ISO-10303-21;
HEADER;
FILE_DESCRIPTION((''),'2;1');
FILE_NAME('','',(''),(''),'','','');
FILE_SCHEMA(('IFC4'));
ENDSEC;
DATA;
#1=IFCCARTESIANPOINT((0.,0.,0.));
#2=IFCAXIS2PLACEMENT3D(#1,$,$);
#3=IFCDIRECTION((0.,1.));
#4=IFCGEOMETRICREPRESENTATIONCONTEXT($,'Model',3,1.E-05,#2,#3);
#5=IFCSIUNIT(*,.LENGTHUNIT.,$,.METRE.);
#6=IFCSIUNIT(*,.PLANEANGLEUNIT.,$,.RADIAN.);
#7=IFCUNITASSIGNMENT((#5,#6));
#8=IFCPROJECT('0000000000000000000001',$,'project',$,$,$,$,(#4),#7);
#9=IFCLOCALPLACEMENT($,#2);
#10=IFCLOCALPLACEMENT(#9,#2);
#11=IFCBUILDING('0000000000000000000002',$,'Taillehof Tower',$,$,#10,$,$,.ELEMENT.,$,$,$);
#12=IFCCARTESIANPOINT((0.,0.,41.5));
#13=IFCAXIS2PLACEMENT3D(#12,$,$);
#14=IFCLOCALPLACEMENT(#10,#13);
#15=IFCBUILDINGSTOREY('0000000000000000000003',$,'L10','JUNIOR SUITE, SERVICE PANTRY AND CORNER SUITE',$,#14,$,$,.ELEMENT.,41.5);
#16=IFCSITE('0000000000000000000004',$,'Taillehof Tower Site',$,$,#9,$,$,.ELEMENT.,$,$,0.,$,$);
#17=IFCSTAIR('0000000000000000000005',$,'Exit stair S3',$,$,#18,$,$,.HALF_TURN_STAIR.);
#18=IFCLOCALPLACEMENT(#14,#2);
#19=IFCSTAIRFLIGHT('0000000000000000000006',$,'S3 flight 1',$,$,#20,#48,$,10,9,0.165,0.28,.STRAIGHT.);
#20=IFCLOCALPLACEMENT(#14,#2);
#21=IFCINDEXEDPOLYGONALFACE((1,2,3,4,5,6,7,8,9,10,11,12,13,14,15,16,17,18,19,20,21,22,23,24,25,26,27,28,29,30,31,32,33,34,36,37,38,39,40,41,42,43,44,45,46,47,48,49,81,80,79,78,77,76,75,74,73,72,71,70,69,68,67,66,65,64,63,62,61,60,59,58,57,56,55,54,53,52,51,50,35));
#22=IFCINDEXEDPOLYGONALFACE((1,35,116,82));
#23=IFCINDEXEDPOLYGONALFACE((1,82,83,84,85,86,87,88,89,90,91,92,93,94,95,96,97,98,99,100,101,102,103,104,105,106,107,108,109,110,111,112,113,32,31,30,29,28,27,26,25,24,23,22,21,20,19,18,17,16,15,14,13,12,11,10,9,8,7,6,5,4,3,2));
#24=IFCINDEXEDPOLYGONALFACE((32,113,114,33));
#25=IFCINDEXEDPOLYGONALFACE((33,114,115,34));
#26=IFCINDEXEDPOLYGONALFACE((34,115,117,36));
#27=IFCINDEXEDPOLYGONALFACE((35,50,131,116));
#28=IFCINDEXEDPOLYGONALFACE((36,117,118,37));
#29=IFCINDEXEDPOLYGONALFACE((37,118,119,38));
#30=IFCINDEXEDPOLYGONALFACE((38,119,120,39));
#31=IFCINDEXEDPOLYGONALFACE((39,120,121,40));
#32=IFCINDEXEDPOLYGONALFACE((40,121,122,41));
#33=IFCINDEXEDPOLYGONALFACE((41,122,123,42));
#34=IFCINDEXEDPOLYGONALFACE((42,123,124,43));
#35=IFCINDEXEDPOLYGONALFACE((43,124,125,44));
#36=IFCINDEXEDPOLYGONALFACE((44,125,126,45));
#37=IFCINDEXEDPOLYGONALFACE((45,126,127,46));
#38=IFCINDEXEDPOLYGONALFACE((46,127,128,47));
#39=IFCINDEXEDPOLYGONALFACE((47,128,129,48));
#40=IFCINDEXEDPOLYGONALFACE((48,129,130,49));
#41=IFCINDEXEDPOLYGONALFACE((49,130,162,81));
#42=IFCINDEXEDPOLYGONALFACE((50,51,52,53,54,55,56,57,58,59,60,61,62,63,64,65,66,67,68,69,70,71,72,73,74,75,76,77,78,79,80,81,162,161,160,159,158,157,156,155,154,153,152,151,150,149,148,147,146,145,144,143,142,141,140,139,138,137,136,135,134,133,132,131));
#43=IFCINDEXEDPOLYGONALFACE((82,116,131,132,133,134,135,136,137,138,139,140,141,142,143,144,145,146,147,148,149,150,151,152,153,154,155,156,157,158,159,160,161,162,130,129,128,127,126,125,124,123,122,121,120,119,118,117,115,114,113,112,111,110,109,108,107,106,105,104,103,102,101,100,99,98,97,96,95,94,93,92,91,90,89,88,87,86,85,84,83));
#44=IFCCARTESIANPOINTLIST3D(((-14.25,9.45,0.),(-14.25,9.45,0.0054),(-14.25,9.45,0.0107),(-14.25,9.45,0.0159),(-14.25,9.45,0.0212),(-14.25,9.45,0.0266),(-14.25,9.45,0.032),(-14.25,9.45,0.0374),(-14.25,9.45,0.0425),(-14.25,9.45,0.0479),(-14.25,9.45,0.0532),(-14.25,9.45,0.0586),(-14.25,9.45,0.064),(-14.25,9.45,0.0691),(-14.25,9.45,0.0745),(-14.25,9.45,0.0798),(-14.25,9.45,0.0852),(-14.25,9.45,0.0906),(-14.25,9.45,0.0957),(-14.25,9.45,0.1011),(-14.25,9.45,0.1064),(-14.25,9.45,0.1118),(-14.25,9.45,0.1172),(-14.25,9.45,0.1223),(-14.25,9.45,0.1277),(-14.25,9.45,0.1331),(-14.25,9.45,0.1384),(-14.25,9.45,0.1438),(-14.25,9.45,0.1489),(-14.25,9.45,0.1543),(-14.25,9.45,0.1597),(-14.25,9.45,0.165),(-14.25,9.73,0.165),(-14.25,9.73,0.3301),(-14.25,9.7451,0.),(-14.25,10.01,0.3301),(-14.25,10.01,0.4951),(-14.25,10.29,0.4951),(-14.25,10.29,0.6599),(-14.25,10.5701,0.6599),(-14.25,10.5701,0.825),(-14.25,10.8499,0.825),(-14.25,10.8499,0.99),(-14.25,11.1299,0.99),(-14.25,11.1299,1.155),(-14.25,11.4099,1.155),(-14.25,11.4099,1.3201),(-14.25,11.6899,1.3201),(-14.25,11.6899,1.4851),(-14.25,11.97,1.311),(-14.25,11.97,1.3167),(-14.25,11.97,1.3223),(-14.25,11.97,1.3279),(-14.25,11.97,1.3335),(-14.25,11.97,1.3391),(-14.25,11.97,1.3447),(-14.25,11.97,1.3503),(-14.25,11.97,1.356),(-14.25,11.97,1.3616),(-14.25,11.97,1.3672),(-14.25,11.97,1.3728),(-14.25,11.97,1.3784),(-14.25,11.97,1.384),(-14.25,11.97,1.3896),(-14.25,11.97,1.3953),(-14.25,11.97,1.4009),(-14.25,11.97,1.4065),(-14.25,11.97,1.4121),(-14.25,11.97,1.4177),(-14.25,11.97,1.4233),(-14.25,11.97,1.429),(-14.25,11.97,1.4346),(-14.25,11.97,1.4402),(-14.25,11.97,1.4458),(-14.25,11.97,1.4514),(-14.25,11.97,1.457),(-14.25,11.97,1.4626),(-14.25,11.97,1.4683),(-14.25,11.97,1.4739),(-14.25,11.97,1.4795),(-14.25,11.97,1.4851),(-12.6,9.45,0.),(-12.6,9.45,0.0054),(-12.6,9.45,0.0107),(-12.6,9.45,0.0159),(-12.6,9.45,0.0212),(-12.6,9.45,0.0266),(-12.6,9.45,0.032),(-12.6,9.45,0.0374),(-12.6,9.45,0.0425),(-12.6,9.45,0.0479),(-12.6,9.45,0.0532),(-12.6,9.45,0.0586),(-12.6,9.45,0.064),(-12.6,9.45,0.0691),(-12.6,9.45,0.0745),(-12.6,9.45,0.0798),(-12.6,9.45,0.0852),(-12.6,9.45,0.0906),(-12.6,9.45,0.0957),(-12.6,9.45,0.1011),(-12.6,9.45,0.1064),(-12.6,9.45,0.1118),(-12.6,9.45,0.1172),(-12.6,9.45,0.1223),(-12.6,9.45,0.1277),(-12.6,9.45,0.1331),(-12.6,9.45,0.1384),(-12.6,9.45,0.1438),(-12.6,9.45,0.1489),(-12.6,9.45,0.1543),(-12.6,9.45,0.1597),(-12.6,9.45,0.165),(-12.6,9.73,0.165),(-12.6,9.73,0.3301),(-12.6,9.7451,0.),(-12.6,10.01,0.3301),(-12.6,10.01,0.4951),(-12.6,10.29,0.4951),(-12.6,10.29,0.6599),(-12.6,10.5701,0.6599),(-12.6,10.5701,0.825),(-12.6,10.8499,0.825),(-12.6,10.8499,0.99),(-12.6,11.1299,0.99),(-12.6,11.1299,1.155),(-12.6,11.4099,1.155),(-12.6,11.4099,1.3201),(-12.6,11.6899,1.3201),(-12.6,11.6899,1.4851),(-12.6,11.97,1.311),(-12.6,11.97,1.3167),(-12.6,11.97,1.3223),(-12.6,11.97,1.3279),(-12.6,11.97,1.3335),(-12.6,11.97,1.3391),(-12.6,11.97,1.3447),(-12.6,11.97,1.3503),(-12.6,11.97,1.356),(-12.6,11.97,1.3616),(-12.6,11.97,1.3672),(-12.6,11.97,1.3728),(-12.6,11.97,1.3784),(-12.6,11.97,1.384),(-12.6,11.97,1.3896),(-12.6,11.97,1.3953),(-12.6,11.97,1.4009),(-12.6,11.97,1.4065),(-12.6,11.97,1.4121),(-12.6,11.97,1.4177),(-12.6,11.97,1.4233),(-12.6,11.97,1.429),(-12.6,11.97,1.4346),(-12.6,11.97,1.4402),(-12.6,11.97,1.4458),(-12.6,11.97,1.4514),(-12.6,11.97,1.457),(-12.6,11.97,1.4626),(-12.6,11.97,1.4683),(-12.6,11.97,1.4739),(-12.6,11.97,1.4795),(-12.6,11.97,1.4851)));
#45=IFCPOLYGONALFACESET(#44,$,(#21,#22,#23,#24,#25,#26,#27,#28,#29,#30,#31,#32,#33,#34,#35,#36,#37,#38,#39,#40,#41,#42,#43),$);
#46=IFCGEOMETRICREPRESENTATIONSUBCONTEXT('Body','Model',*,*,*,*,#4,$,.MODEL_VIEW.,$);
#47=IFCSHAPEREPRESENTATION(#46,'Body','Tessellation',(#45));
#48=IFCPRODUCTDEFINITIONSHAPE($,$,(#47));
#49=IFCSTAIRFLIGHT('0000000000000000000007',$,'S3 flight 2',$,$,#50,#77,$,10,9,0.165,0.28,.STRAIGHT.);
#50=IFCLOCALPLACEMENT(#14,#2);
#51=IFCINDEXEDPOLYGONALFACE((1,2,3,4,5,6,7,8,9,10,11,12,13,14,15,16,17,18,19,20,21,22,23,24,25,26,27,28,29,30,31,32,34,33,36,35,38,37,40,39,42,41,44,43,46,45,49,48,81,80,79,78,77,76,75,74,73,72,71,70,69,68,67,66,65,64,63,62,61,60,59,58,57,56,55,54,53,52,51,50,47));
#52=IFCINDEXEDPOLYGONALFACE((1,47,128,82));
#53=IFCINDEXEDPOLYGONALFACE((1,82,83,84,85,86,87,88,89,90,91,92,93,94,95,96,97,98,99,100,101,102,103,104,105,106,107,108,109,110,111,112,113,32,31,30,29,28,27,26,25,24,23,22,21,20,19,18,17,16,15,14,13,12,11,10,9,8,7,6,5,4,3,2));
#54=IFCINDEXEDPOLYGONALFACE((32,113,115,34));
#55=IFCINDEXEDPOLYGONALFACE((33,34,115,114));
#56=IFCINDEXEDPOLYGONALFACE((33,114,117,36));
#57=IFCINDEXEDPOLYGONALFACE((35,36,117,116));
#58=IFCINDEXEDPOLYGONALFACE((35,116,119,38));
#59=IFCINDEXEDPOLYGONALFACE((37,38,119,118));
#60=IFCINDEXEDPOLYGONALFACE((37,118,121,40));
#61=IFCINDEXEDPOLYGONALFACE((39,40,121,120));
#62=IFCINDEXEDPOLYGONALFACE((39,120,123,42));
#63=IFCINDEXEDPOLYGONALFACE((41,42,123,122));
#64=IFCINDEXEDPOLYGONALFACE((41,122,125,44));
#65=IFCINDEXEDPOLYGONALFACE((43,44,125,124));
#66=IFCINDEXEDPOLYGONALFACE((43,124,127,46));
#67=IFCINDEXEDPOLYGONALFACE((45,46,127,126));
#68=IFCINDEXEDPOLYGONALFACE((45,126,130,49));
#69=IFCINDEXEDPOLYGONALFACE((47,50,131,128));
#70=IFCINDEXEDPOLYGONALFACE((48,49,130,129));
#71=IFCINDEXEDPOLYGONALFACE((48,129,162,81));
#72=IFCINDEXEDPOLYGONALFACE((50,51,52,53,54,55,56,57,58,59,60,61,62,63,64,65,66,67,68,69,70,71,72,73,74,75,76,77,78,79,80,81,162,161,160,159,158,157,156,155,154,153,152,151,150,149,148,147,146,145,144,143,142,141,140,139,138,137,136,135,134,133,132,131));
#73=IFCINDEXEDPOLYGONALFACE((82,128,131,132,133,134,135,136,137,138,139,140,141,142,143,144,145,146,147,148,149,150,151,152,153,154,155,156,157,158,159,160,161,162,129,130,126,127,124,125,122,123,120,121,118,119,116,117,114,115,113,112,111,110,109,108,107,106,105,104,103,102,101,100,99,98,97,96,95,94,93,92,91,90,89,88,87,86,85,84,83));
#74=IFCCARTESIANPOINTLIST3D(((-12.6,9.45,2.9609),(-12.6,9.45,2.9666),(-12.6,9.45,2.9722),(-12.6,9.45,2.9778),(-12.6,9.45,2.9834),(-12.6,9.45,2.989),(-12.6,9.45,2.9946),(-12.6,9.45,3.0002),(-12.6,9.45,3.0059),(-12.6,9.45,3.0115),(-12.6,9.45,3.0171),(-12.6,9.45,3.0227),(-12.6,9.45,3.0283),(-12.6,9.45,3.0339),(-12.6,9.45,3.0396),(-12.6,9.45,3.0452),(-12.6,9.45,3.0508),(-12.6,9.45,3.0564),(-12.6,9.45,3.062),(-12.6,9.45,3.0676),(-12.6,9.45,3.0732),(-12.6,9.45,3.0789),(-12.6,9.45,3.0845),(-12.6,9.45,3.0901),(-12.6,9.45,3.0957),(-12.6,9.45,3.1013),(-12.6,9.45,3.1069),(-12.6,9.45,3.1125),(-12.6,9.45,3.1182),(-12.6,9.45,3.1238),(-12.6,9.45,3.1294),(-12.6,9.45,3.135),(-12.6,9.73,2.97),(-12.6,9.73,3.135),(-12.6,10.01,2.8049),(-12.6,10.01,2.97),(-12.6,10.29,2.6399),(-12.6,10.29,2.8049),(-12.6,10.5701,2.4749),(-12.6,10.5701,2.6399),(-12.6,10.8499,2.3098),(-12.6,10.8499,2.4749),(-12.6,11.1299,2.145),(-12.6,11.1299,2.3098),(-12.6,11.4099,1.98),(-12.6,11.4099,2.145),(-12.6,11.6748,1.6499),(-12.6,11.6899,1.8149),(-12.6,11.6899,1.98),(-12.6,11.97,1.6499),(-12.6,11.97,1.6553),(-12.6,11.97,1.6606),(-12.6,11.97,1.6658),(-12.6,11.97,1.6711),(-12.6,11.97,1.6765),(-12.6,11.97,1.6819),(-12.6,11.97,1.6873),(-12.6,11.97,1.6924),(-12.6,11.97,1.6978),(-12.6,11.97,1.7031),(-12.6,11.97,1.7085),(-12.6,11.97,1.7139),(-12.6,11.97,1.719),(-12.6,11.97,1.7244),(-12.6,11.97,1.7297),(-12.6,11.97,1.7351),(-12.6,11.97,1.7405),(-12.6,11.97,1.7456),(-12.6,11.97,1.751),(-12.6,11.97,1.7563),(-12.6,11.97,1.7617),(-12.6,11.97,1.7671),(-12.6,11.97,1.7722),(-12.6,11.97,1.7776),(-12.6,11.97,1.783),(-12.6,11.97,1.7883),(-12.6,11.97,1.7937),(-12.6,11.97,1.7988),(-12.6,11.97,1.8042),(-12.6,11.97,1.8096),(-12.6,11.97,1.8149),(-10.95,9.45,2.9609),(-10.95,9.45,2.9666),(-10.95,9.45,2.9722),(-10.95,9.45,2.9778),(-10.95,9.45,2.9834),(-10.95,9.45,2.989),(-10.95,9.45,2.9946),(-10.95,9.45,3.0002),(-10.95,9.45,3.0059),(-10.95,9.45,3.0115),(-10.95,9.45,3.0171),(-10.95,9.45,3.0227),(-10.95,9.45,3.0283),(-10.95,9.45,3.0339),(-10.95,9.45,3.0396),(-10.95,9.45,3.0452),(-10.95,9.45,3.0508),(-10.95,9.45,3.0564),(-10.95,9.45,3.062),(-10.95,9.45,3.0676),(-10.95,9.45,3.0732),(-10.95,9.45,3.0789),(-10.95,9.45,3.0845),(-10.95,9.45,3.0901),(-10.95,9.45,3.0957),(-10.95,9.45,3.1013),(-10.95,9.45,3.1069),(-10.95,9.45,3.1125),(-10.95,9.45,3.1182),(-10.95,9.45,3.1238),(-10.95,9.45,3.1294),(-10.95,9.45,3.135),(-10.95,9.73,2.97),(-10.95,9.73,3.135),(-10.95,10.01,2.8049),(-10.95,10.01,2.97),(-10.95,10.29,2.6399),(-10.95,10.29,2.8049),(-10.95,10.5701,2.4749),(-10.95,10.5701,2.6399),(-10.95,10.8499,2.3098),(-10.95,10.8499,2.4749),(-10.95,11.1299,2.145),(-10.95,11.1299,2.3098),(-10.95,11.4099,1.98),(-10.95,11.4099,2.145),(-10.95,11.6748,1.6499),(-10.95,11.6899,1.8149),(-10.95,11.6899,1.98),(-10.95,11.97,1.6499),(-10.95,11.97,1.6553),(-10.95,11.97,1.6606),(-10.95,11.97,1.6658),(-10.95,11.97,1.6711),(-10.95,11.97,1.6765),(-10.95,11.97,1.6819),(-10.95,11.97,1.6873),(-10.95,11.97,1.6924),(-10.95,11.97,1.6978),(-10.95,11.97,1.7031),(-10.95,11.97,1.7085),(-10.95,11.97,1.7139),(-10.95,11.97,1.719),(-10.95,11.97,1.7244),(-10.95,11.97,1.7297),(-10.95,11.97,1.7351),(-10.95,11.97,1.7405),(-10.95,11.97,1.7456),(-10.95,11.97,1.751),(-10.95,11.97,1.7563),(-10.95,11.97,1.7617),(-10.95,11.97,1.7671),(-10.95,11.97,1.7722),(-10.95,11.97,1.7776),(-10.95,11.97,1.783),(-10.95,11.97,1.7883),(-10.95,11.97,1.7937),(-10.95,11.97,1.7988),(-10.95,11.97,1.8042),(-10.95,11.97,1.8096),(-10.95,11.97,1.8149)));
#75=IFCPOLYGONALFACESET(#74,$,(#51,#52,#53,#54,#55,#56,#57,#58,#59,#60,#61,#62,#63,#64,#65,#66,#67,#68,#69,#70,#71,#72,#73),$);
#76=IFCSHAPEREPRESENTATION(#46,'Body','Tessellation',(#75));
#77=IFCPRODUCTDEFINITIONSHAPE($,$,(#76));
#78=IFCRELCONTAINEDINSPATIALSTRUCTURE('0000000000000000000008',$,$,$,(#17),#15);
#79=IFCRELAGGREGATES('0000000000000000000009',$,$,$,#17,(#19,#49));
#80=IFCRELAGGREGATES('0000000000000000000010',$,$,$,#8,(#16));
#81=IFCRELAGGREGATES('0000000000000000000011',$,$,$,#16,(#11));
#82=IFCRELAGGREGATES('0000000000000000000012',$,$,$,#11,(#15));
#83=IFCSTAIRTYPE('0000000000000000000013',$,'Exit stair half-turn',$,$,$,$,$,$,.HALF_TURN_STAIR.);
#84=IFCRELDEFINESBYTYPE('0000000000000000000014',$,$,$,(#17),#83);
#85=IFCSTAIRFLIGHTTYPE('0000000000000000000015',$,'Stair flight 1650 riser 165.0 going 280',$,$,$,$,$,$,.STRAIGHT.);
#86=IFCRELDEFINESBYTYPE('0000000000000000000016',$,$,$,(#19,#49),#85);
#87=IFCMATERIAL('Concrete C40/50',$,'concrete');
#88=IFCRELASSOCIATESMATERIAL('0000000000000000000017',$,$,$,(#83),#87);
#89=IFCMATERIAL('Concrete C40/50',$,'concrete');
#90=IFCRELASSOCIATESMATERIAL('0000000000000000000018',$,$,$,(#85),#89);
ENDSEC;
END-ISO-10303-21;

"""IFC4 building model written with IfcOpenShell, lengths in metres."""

from ifc_helpers import new_model, si_unit, direction, frame, origin, place, context, subcontext, project, spatial, polyline, outline, extrude, material, type_object, element, aggregate, save


model = new_model("IFC4")

# Units and contexts
model_context = context("Model", 3, precision=1e-05, world=origin(), true_north=direction((0.0, 1.0)))
body_context = subcontext(model_context, "Body", "Model", "MODEL_VIEW")
ifc_project = project(units=[si_unit("LENGTHUNIT", "METRE"), si_unit("PLANEANGLEUNIT", "RADIAN")], contexts=[model_context])

# Site, building, storey
site_placement = place(None, origin())
site = spatial("IfcSite", under=ifc_project, at=site_placement, Name="Taillehof Tower Site", CompositionType="ELEMENT", RefElevation=0.0)
building_placement = place(site_placement, origin())
building = spatial("IfcBuilding", under=site, at=building_placement, Name="Taillehof Tower", CompositionType="ELEMENT")
storey_placement = place(building_placement, frame((0.0, 0.0, 41.5)))
storey = spatial("IfcBuildingStorey", under=building, at=storey_placement, Name="L10", Description="JUNIOR SUITE, SERVICE PANTRY AND CORNER SUITE", CompositionType="ELEMENT", Elevation=41.5)

# Stair, stair flights
ifc_material_1 = material(Name="Concrete C40/50", Category="concrete")
stair_type = type_object("IfcStairType", Name="Exit stair half-turn", PredefinedType="HALF_TURN_STAIR", material=ifc_material_1)
stair_placement = place(storey_placement, origin())
stair = element("IfcStair", 1, at=stair_placement, inside=storey, type_object=stair_type, Name="Exit stair S3", PredefinedType="HALF_TURN_STAIR")
ifc_material_2 = material(Name="Concrete C40/50", Category="concrete")
stair_flight_type = type_object("IfcStairFlightType", Name="Stair flight 1650 riser 165.0 going 280", PredefinedType="STRAIGHT", material=ifc_material_2)
stair_flight_1_placement = place(storey_placement, frame((-13.425, 9.45, 0.0), z_axis=(0.0, 0.0, 1.0), x_axis=(0.0, 1.0, 0.0)))
stair_flight_1 = element("IfcStairFlight", 2, at=stair_flight_1_placement, type_object=stair_flight_type, Name="S3 flight 1", NumberOfRisers=10, NumberOfTreads=9, PredefinedType="STRAIGHT", RiserHeight=0.165, TreadLength=0.28, context=body_context, shape_type="SweptSolid", body=[
    extrude(outline(polyline([(0.0, 0.0), (0.0, 0.0054), (0.0, 0.0107), (0.0, 0.0159), (0.0, 0.0212), (0.0, 0.0266), (0.0, 0.032), (0.0, 0.0374), (0.0, 0.0425), (0.0, 0.0479), (0.0, 0.0532), (0.0, 0.0586), (0.0, 0.064), (0.0, 0.0691), (0.0, 0.0745), (0.0, 0.0798), (0.0, 0.0852), (0.0, 0.0906), (0.0, 0.0957), (0.0, 0.1011), (0.0, 0.1064), (0.0, 0.1118), (0.0, 0.1172), (0.0, 0.1223), (0.0, 0.1277), (0.0, 0.1331), (0.0, 0.1384), (0.0, 0.1438), (0.0, 0.1489), (0.0, 0.1543), (0.0, 0.1597), (0.0, 0.165), (0.28, 0.165), (0.28, 0.3301), (0.5601, 0.3301), (0.5601, 0.4951), (0.8401, 0.4951), (0.8401, 0.6599), (1.1201, 0.6599), (1.1201, 0.825), (1.3999, 0.825), (1.3999, 0.99), (1.6799, 0.99), (1.6799, 1.155), (1.96, 1.155), (1.96, 1.3201), (2.24, 1.3201), (2.24, 1.4851), (2.52, 1.4851), (2.52, 1.4795), (2.52, 1.4739), (2.52, 1.4683), (2.52, 1.4626), (2.52, 1.457), (2.52, 1.4514), (2.52, 1.4458), (2.52, 1.4402), (2.52, 1.4346), (2.52, 1.429), (2.52, 1.4233), (2.52, 1.4177), (2.52, 1.4121), (2.52, 1.4065), (2.52, 1.4009), (2.52, 1.3953), (2.52, 1.3896), (2.52, 1.384), (2.52, 1.3784), (2.52, 1.3728), (2.52, 1.3672), (2.52, 1.3616), (2.52, 1.356), (2.52, 1.3503), (2.52, 1.3447), (2.52, 1.3391), (2.52, 1.3335), (2.52, 1.3279), (2.52, 1.3223), (2.52, 1.3167), (2.52, 1.311), (0.2952, 0.0), (0.0, 0.0)])), frame((0.0, 0.825, 0.0), z_axis=(0.0, -1.0, 0.0), x_axis=(1.0, 0.0, 0.0)), (0.0, 0.0, 1.0), 1.65),
])
stair_flight_2_placement = place(storey_placement, frame((-11.7749, 11.97, 1.6499), z_axis=(0.0, 0.0, 1.0), x_axis=(0.0, -1.0, 0.0)))
stair_flight_2 = element("IfcStairFlight", 3, at=stair_flight_2_placement, type_object=stair_flight_type, Name="S3 flight 2", NumberOfRisers=10, NumberOfTreads=9, PredefinedType="STRAIGHT", RiserHeight=0.165, TreadLength=0.28, context=body_context, shape_type="SweptSolid", body=[
    extrude(outline(polyline([(0.0, 0.0), (0.0, 0.0054), (0.0, 0.0107), (0.0, 0.0159), (0.0, 0.0212), (0.0, 0.0266), (0.0, 0.032), (0.0, 0.0374), (0.0, 0.0425), (0.0, 0.0479), (0.0, 0.0532), (0.0, 0.0586), (0.0, 0.064), (0.0, 0.0691), (0.0, 0.0745), (0.0, 0.0798), (0.0, 0.0852), (0.0, 0.0906), (0.0, 0.0957), (0.0, 0.1011), (0.0, 0.1064), (0.0, 0.1118), (0.0, 0.1172), (0.0, 0.1223), (0.0, 0.1277), (0.0, 0.1331), (0.0, 0.1384), (0.0, 0.1438), (0.0, 0.1489), (0.0, 0.1543), (0.0, 0.1597), (0.0, 0.165), (0.28, 0.165), (0.28, 0.3301), (0.5601, 0.3301), (0.5601, 0.4951), (0.8401, 0.4951), (0.8401, 0.6599), (1.1201, 0.6599), (1.1201, 0.825), (1.3999, 0.825), (1.3999, 0.99), (1.6799, 0.99), (1.6799, 1.155), (1.96, 1.155), (1.96, 1.3201), (2.24, 1.3201), (2.24, 1.4851), (2.52, 1.4851), (2.52, 1.4795), (2.52, 1.4739), (2.52, 1.4683), (2.52, 1.4626), (2.52, 1.457), (2.52, 1.4514), (2.52, 1.4458), (2.52, 1.4402), (2.52, 1.4346), (2.52, 1.429), (2.52, 1.4233), (2.52, 1.4177), (2.52, 1.4121), (2.52, 1.4065), (2.52, 1.4009), (2.52, 1.3953), (2.52, 1.3896), (2.52, 1.384), (2.52, 1.3784), (2.52, 1.3728), (2.52, 1.3672), (2.52, 1.3616), (2.52, 1.356), (2.52, 1.3503), (2.52, 1.3447), (2.52, 1.3391), (2.52, 1.3335), (2.52, 1.3279), (2.52, 1.3223), (2.52, 1.3167), (2.52, 1.311), (0.2952, 0.0), (0.0, 0.0)])), frame((0.0, 0.825, 0.0), z_axis=(0.0, -1.0, 0.0), x_axis=(1.0, 0.0, 0.0)), (0.0, 0.0, 1.0), 1.65),
])
aggregate(stair, [stair_flight_1, stair_flight_2])

save(model, "model.ifc")
